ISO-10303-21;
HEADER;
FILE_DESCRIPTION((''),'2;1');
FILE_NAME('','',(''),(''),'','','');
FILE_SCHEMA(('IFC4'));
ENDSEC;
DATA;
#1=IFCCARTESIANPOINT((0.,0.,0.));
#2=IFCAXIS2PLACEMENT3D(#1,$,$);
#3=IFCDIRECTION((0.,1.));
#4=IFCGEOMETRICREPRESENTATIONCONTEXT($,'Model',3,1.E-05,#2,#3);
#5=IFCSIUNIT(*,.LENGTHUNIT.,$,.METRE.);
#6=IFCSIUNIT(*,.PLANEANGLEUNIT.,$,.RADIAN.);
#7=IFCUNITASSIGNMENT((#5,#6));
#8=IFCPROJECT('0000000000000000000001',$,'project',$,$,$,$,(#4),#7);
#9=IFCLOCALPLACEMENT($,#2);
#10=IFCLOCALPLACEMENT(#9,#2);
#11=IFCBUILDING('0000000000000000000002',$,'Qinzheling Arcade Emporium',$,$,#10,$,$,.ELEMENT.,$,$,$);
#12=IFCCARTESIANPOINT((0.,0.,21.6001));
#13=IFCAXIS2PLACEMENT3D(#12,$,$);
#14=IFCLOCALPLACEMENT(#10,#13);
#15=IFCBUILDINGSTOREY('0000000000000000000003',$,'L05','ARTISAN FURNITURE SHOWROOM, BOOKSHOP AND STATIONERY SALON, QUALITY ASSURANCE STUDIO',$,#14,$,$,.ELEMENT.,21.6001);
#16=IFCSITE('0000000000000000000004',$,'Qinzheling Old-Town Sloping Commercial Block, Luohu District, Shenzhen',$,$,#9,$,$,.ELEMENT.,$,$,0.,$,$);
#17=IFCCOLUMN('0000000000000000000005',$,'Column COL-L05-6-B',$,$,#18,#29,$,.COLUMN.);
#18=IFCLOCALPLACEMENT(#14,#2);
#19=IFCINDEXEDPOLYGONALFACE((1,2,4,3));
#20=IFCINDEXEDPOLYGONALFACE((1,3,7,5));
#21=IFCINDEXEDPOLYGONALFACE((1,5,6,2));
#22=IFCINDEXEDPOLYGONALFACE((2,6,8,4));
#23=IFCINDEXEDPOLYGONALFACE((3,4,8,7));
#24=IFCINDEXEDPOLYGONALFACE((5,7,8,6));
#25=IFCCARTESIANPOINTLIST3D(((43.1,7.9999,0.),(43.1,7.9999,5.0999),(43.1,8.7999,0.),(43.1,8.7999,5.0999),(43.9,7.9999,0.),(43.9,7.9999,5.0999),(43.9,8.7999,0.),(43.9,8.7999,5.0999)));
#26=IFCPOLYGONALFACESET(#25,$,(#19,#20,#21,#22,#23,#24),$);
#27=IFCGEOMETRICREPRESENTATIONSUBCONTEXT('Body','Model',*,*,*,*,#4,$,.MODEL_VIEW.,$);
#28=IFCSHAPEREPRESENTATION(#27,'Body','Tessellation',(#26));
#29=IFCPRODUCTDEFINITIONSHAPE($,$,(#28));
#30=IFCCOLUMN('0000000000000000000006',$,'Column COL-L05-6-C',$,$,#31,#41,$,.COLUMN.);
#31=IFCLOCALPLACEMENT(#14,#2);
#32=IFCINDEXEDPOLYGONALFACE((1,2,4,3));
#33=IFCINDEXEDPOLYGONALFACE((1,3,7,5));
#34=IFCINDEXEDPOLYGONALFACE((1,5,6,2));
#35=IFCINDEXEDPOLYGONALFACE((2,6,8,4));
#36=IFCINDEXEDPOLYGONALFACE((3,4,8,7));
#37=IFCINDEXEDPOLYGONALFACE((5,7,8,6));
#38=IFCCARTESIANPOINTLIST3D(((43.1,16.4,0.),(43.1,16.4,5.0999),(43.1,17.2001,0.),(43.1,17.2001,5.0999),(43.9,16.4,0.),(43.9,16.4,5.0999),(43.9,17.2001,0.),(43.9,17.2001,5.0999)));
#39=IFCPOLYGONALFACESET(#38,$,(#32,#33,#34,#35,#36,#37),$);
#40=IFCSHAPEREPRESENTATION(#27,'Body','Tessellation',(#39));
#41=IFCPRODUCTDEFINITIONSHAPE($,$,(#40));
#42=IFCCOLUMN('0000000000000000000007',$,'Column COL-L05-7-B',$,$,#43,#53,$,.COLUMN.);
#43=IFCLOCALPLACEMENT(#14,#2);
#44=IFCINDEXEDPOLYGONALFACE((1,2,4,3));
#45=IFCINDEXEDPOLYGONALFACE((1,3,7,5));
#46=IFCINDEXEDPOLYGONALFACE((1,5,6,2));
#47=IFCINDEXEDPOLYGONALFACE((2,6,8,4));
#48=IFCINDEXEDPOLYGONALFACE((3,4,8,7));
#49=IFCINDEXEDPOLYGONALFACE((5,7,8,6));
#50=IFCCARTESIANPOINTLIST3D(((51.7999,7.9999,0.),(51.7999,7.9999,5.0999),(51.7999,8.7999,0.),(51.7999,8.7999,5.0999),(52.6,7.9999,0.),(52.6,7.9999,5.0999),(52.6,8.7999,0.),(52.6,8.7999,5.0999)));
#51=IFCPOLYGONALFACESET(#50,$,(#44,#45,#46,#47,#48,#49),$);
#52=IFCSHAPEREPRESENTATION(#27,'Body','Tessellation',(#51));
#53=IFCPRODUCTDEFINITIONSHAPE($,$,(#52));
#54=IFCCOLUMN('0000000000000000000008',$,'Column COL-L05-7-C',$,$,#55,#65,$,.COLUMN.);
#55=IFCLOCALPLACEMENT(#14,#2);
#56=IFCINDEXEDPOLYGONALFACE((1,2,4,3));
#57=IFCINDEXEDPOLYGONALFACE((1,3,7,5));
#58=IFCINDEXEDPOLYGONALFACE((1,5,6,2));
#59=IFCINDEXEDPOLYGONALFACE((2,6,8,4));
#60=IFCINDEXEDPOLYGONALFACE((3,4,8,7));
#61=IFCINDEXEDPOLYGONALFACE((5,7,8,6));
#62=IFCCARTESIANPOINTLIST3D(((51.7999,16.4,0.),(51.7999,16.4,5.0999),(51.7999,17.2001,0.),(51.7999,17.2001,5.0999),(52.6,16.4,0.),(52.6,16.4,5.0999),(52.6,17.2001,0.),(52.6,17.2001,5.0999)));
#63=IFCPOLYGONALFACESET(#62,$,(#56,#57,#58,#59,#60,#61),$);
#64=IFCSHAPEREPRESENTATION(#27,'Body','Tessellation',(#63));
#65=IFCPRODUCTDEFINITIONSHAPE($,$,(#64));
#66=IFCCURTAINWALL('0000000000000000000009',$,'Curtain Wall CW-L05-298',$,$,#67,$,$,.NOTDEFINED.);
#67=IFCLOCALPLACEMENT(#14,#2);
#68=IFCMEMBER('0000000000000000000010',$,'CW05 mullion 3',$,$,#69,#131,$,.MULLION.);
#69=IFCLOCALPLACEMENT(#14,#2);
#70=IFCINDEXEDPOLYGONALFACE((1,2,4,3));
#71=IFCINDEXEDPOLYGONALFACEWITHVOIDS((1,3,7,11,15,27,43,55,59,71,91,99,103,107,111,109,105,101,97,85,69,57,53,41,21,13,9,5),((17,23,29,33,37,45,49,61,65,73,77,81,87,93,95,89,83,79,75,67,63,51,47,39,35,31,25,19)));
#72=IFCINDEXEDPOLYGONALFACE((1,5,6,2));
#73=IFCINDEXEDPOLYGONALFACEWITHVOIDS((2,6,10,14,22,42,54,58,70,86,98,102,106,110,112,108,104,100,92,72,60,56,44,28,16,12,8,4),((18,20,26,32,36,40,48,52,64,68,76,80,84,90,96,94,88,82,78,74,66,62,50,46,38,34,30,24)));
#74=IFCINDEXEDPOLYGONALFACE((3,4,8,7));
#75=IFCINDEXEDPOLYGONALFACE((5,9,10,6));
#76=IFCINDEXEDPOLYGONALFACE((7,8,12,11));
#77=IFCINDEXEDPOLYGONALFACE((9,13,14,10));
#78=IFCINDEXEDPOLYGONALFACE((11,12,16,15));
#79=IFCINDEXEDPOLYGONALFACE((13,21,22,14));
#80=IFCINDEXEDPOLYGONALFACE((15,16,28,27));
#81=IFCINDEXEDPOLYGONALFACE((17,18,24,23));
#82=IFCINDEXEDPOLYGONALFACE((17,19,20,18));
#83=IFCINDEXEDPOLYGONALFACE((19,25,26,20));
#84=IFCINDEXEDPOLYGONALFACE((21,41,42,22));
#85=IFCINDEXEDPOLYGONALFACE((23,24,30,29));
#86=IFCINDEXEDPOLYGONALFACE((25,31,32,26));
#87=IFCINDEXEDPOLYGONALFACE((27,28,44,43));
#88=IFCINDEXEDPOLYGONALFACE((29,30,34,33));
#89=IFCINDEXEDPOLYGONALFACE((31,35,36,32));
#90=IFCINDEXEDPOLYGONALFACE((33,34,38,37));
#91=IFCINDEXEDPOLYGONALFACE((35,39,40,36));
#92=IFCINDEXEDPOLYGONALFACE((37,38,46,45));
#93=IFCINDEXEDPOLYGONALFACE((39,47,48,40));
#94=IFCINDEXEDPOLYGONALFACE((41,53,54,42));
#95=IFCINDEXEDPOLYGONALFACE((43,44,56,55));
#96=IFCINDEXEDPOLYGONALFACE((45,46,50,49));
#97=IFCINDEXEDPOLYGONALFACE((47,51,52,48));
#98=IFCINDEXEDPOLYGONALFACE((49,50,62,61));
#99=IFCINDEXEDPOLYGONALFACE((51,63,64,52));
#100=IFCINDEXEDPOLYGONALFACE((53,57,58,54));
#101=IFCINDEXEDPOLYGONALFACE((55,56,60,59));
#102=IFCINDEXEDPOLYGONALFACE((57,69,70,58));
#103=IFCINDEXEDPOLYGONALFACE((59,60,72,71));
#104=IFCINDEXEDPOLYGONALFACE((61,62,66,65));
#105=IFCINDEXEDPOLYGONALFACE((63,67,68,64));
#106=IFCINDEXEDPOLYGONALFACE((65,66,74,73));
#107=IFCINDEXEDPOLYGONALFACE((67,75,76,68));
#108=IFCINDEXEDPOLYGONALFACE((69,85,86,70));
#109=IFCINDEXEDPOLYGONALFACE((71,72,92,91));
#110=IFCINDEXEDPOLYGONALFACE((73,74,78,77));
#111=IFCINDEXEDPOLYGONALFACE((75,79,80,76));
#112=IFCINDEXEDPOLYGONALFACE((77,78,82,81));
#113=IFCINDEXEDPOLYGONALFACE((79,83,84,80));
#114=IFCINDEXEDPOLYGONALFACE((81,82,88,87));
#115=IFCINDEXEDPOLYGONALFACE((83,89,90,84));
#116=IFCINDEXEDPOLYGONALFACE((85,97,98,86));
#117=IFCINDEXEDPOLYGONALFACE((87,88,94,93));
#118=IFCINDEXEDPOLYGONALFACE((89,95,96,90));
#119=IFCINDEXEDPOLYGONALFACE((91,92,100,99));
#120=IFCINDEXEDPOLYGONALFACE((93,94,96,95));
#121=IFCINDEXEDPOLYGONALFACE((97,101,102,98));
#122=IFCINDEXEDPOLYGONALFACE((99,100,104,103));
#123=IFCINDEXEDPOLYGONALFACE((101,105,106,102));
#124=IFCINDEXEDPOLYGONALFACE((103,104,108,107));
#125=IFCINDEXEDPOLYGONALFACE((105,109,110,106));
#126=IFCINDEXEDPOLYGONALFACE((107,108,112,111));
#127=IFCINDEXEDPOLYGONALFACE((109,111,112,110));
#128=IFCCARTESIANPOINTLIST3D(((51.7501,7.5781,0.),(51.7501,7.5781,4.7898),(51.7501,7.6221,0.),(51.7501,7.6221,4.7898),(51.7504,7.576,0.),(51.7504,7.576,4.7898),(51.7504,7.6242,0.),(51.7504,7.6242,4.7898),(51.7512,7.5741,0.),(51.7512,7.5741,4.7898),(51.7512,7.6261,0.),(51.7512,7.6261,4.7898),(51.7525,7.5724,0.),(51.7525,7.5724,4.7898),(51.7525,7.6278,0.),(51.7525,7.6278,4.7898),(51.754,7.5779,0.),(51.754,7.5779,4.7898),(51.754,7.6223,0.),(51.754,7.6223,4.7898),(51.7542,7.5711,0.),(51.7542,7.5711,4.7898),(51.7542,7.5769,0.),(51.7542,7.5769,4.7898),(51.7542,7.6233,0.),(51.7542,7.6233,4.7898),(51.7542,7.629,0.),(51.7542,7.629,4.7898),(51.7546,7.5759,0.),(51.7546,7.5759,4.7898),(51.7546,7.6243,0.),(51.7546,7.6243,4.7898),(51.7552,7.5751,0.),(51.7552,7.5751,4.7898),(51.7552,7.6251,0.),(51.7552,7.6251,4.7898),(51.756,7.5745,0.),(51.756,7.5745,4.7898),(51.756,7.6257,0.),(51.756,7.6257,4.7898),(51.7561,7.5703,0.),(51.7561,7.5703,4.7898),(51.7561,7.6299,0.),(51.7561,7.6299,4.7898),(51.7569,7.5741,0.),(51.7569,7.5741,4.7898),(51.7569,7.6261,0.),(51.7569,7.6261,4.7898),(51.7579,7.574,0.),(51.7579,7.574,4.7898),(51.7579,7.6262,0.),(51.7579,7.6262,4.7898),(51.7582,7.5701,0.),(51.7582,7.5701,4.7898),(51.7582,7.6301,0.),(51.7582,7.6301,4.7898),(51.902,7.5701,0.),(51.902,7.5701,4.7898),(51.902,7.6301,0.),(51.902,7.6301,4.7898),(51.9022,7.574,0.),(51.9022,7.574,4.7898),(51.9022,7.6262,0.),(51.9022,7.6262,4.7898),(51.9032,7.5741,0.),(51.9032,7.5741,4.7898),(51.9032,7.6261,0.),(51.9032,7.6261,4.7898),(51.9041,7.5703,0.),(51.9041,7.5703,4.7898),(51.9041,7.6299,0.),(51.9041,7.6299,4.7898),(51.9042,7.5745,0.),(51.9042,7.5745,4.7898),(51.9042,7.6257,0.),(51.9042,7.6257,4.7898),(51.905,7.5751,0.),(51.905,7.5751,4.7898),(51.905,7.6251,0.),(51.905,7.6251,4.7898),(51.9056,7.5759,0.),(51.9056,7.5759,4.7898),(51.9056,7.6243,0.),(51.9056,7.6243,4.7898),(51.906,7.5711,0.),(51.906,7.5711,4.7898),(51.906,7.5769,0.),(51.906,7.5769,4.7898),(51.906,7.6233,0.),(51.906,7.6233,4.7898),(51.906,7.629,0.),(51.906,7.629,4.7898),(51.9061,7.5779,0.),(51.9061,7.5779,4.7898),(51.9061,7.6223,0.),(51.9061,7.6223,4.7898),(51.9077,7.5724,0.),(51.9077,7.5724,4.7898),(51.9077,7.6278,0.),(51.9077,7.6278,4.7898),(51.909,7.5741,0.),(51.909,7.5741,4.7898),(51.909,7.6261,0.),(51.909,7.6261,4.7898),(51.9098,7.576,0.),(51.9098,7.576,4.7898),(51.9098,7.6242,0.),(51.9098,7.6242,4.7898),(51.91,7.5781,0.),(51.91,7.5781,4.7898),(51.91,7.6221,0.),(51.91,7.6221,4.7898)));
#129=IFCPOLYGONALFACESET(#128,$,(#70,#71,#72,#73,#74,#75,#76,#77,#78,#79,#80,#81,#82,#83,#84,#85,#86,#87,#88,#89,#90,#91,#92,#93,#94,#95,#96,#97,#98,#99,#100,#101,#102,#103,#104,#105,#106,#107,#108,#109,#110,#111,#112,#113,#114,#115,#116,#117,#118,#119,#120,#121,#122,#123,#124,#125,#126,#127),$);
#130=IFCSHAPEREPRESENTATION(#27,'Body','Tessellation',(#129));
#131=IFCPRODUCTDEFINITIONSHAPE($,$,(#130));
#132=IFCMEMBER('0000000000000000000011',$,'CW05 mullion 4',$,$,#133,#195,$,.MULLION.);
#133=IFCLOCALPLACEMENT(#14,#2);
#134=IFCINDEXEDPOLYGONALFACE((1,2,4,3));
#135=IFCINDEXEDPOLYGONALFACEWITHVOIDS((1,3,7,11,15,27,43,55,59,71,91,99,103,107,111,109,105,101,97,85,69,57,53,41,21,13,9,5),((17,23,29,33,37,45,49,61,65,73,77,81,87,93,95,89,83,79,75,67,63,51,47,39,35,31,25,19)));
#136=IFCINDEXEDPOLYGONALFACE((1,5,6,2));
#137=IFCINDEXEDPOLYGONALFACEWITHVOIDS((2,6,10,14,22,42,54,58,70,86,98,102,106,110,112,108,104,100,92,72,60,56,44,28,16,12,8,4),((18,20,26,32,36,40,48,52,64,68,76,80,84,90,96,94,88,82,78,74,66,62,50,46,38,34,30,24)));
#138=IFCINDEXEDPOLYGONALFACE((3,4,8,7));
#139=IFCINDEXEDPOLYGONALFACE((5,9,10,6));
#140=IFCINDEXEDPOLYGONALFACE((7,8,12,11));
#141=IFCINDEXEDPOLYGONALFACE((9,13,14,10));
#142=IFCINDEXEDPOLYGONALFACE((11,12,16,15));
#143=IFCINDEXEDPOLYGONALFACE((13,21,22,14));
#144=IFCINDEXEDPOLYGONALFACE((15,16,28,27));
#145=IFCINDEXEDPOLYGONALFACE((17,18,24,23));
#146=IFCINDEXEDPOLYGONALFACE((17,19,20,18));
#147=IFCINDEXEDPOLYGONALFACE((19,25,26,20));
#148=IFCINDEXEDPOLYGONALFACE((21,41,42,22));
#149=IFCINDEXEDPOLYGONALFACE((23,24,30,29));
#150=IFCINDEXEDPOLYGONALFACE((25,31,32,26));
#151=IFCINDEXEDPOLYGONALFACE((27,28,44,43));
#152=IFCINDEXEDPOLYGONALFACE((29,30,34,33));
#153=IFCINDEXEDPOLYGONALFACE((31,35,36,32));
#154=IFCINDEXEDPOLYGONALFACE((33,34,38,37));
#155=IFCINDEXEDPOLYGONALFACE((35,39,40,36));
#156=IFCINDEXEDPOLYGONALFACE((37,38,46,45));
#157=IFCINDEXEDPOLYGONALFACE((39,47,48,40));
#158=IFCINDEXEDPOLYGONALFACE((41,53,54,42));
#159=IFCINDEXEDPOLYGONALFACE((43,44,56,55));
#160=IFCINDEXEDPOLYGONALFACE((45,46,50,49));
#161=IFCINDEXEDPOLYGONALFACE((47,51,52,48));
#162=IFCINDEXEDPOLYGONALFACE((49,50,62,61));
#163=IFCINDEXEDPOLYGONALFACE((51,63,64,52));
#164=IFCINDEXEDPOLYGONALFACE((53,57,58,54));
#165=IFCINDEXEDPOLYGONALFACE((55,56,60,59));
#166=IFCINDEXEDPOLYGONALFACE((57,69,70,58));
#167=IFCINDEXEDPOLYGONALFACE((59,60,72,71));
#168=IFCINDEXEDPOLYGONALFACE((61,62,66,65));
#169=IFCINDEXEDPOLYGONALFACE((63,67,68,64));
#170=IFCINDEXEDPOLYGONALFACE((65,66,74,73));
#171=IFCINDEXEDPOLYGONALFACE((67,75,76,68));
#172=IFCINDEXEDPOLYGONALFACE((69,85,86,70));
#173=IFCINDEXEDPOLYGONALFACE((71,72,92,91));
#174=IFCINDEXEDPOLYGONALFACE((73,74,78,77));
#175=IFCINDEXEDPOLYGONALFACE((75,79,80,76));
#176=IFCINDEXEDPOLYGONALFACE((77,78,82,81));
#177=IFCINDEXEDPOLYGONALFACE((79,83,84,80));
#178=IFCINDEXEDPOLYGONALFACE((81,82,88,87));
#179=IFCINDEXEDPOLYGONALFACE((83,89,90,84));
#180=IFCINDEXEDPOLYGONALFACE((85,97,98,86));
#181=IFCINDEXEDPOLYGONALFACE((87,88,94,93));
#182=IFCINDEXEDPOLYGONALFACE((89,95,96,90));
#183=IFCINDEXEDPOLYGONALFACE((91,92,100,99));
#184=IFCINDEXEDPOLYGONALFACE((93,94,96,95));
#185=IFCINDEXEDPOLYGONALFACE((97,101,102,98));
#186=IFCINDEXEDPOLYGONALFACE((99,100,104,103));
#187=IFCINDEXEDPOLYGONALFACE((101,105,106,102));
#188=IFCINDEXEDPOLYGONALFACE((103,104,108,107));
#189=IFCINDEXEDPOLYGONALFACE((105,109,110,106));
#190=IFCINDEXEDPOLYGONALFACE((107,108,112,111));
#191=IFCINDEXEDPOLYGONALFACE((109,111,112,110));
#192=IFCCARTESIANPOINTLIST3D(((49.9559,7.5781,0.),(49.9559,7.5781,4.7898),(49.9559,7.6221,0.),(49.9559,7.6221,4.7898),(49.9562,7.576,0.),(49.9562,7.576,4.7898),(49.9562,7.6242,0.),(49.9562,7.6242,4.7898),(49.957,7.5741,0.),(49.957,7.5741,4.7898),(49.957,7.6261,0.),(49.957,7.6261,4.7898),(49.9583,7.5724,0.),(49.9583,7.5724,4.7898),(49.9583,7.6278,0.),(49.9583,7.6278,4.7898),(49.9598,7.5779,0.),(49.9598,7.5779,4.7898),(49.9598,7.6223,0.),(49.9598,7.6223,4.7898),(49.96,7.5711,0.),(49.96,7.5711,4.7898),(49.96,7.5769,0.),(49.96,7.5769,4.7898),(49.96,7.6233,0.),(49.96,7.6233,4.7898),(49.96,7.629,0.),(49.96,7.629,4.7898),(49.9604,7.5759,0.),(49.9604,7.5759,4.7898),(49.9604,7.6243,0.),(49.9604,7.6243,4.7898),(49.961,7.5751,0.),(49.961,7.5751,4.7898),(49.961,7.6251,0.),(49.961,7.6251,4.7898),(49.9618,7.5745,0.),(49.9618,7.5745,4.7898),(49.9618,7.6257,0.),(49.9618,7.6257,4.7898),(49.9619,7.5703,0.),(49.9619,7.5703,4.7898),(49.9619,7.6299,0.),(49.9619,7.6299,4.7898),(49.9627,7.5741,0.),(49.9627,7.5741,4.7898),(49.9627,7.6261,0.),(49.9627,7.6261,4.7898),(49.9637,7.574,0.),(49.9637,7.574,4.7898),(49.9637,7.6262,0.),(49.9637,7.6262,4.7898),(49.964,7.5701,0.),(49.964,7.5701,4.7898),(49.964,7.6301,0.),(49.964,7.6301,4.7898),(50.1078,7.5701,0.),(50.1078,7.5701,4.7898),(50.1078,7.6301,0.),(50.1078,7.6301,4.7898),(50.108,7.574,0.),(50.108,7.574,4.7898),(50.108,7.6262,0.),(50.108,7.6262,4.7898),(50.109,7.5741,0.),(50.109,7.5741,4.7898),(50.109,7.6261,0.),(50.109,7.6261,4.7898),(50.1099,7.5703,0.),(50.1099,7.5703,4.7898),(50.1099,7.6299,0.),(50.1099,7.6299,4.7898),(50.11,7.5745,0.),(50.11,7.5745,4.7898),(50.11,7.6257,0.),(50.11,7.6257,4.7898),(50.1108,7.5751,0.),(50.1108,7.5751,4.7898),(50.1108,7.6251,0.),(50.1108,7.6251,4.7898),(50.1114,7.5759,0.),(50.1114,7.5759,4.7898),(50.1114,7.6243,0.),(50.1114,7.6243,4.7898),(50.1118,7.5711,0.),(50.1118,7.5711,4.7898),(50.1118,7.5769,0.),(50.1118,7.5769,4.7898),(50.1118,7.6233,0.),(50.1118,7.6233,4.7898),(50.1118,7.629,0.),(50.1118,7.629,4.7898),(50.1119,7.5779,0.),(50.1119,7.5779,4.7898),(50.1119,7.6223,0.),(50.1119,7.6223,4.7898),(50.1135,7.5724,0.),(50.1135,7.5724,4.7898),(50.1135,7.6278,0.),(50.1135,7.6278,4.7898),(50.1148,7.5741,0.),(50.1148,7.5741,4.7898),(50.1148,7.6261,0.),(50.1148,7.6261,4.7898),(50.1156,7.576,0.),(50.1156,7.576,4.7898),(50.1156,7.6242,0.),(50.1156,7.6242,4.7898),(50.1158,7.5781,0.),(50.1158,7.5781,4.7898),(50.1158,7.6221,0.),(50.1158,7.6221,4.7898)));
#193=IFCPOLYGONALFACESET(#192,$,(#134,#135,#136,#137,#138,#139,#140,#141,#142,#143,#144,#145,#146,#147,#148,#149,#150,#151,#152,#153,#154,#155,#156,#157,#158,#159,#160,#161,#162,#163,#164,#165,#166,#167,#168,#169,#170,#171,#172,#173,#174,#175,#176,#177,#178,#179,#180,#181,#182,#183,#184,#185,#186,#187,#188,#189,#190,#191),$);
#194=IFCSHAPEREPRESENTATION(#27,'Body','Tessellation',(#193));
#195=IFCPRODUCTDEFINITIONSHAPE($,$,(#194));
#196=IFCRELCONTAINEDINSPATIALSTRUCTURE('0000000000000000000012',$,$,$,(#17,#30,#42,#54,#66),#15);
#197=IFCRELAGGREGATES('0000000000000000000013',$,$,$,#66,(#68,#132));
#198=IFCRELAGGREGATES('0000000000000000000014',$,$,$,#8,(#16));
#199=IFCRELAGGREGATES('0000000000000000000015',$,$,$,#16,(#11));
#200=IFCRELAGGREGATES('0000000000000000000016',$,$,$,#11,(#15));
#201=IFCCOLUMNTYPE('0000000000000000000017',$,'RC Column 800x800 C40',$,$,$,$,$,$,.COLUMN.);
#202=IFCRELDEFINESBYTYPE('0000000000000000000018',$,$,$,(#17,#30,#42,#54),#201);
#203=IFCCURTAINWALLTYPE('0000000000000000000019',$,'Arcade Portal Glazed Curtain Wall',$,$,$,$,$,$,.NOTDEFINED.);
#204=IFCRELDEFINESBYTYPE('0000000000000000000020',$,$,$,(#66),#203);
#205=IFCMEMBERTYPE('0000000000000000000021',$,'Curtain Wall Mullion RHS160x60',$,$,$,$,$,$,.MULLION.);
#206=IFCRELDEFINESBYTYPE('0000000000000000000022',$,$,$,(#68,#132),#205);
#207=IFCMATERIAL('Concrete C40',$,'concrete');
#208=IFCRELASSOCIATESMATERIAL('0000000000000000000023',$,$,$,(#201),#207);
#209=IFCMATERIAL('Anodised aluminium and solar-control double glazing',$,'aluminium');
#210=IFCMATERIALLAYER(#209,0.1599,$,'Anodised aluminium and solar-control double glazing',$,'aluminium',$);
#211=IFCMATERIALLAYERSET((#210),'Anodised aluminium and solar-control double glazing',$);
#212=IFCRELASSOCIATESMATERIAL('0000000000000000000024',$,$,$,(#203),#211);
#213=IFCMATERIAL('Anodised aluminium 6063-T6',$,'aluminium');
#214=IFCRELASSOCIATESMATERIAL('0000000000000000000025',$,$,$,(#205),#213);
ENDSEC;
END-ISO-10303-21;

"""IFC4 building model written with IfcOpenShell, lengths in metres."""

from ifc_helpers import new_model, si_unit, direction, frame, origin, origin_2d, place, context, subcontext, project, spatial, rectangle, hollow_rectangle, extrude, material, layer, layer_set, material_profile, profile_set, type_object, element, aggregate, save


model = new_model("IFC4")

# Units and contexts
model_context = context("Model", 3, precision=1e-05, world=origin(), true_north=direction((0.0, 1.0)))
body_context = subcontext(model_context, "Body", "Model", "MODEL_VIEW")
ifc_project = project(units=[si_unit("LENGTHUNIT", "METRE"), si_unit("PLANEANGLEUNIT", "RADIAN")], contexts=[model_context])

# Site, building, storey
site_placement = place(None, origin())
site = spatial("IfcSite", under=ifc_project, at=site_placement, Name="Qinzheling Old-Town Sloping Commercial Block, Luohu District, Shenzhen", CompositionType="ELEMENT", RefElevation=0.0)
building_placement = place(site_placement, origin())
building = spatial("IfcBuilding", under=site, at=building_placement, Name="Qinzheling Arcade Emporium", CompositionType="ELEMENT")
storey_placement = place(building_placement, frame((0.0, 0.0, 21.6001)))
storey = spatial("IfcBuildingStorey", under=building, at=storey_placement, Name="L05", Description="ARTISAN FURNITURE SHOWROOM, BOOKSHOP AND STATIONERY SALON, QUALITY ASSURANCE STUDIO", CompositionType="ELEMENT", Elevation=21.6001)

# Columns
ifc_material_1 = material(Name="Concrete C40", Category="concrete")
ifc_material_profile_1 = material_profile(ifc_material_1, rectangle(XDim=0.8, YDim=0.8, at=origin_2d()), Name="RC 800x800", Category="concrete")
ifc_profile_set_1 = profile_set([ifc_material_profile_1], Name="Concrete C40")
column_type = type_object("IfcColumnType", Name="RC Column 800x800 C40", PredefinedType="COLUMN", material=ifc_profile_set_1)
for number, where, z_axis, x_axis, name in (
    (1, (43.5, 8.3999, 0.0), (0.0, 0.0, 1.0), (1.0, 0.0, 0.0), "Column COL-L05-6-B"),
    (2, (43.5, 16.8, 0.0), (0.0, 0.0, 1.0), (1.0, 0.0, 0.0), "Column COL-L05-6-C"),
    (3, (52.2, 8.3999, 0.0), (0.0, 0.0, 1.0), (1.0, 0.0, 0.0), "Column COL-L05-7-B"),
    (4, (52.2, 16.8, 0.0), (0.0, 0.0, 1.0), (1.0, 0.0, 0.0), "Column COL-L05-7-C"),
):
    element("IfcColumn", number, at=place(storey_placement, frame(where, z_axis=z_axis, x_axis=x_axis)), inside=storey, type_object=column_type, Name=name, PredefinedType="COLUMN", context=body_context, shape_type="SweptSolid", body=[
        extrude(rectangle(XDim=0.8, YDim=0.8, at=origin_2d()), origin(), (0.0, 0.0, 1.0), 5.0999),
    ])

# Curtain wall, members
ifc_material_2 = material(Name="Anodised aluminium and solar-control double glazing", Category="aluminium")
ifc_layer_1 = layer(ifc_material_2, 0.1599, Name="Anodised aluminium and solar-control double glazing", Category="aluminium")
ifc_layer_set_1 = layer_set([ifc_layer_1], Name="Anodised aluminium and solar-control double glazing")
curtain_wall_type = type_object("IfcCurtainWallType", Name="Arcade Portal Glazed Curtain Wall", PredefinedType="NOTDEFINED", material=ifc_layer_set_1)
curtain_wall_placement = place(storey_placement, origin())
curtain_wall = element("IfcCurtainWall", 5, at=curtain_wall_placement, inside=storey, type_object=curtain_wall_type, Name="Curtain Wall CW-L05-298", PredefinedType="NOTDEFINED")
ifc_material_3 = material(Name="Anodised aluminium 6063-T6", Category="aluminium")
ifc_material_profile_2 = material_profile(ifc_material_3, hollow_rectangle(XDim=0.0601, YDim=0.1599, WallThickness=0.0039, InnerFilletRadius=0.0039, OuterFilletRadius=0.0081, at=origin_2d()), Name="RHS 160x60x4", Category="aluminium")
ifc_profile_set_2 = profile_set([ifc_material_profile_2], Name="Anodised aluminium 6063-T6")
member_type_1 = type_object("IfcMemberType", Name="Curtain Wall Mullion RHS160x60", PredefinedType="MULLION", material=ifc_profile_set_2)
member_1_placement = place(storey_placement, frame((51.8301, 7.6001, 0.0), z_axis=(0.0, 0.0, 1.0), x_axis=(0.0, -1.0, 0.0)))
member_1 = element("IfcMember", 6, at=member_1_placement, type_object=member_type_1, Name="CW05 mullion 3", PredefinedType="MULLION", context=body_context, shape_type="SweptSolid", body=[
    extrude(hollow_rectangle(XDim=0.0601, YDim=0.1599, WallThickness=0.0039, InnerFilletRadius=0.0039, OuterFilletRadius=0.0081, at=origin_2d()), origin(), (0.0, 0.0, 1.0), 4.7898),
])
member_2_placement = place(storey_placement, frame((50.0359, 7.6001, 0.0), z_axis=(0.0, 0.0, 1.0), x_axis=(0.0, -1.0, 0.0)))
member_2 = element("IfcMember", 7, at=member_2_placement, type_object=member_type_1, Name="CW05 mullion 4", PredefinedType="MULLION", context=body_context, shape_type="SweptSolid", body=[
    extrude(hollow_rectangle(XDim=0.0601, YDim=0.1599, WallThickness=0.0039, InnerFilletRadius=0.0039, OuterFilletRadius=0.0081, at=origin_2d()), origin(), (0.0, 0.0, 1.0), 4.7898),
])

aggregate(curtain_wall, [member_1, member_2])

save(model, "model.ifc")
